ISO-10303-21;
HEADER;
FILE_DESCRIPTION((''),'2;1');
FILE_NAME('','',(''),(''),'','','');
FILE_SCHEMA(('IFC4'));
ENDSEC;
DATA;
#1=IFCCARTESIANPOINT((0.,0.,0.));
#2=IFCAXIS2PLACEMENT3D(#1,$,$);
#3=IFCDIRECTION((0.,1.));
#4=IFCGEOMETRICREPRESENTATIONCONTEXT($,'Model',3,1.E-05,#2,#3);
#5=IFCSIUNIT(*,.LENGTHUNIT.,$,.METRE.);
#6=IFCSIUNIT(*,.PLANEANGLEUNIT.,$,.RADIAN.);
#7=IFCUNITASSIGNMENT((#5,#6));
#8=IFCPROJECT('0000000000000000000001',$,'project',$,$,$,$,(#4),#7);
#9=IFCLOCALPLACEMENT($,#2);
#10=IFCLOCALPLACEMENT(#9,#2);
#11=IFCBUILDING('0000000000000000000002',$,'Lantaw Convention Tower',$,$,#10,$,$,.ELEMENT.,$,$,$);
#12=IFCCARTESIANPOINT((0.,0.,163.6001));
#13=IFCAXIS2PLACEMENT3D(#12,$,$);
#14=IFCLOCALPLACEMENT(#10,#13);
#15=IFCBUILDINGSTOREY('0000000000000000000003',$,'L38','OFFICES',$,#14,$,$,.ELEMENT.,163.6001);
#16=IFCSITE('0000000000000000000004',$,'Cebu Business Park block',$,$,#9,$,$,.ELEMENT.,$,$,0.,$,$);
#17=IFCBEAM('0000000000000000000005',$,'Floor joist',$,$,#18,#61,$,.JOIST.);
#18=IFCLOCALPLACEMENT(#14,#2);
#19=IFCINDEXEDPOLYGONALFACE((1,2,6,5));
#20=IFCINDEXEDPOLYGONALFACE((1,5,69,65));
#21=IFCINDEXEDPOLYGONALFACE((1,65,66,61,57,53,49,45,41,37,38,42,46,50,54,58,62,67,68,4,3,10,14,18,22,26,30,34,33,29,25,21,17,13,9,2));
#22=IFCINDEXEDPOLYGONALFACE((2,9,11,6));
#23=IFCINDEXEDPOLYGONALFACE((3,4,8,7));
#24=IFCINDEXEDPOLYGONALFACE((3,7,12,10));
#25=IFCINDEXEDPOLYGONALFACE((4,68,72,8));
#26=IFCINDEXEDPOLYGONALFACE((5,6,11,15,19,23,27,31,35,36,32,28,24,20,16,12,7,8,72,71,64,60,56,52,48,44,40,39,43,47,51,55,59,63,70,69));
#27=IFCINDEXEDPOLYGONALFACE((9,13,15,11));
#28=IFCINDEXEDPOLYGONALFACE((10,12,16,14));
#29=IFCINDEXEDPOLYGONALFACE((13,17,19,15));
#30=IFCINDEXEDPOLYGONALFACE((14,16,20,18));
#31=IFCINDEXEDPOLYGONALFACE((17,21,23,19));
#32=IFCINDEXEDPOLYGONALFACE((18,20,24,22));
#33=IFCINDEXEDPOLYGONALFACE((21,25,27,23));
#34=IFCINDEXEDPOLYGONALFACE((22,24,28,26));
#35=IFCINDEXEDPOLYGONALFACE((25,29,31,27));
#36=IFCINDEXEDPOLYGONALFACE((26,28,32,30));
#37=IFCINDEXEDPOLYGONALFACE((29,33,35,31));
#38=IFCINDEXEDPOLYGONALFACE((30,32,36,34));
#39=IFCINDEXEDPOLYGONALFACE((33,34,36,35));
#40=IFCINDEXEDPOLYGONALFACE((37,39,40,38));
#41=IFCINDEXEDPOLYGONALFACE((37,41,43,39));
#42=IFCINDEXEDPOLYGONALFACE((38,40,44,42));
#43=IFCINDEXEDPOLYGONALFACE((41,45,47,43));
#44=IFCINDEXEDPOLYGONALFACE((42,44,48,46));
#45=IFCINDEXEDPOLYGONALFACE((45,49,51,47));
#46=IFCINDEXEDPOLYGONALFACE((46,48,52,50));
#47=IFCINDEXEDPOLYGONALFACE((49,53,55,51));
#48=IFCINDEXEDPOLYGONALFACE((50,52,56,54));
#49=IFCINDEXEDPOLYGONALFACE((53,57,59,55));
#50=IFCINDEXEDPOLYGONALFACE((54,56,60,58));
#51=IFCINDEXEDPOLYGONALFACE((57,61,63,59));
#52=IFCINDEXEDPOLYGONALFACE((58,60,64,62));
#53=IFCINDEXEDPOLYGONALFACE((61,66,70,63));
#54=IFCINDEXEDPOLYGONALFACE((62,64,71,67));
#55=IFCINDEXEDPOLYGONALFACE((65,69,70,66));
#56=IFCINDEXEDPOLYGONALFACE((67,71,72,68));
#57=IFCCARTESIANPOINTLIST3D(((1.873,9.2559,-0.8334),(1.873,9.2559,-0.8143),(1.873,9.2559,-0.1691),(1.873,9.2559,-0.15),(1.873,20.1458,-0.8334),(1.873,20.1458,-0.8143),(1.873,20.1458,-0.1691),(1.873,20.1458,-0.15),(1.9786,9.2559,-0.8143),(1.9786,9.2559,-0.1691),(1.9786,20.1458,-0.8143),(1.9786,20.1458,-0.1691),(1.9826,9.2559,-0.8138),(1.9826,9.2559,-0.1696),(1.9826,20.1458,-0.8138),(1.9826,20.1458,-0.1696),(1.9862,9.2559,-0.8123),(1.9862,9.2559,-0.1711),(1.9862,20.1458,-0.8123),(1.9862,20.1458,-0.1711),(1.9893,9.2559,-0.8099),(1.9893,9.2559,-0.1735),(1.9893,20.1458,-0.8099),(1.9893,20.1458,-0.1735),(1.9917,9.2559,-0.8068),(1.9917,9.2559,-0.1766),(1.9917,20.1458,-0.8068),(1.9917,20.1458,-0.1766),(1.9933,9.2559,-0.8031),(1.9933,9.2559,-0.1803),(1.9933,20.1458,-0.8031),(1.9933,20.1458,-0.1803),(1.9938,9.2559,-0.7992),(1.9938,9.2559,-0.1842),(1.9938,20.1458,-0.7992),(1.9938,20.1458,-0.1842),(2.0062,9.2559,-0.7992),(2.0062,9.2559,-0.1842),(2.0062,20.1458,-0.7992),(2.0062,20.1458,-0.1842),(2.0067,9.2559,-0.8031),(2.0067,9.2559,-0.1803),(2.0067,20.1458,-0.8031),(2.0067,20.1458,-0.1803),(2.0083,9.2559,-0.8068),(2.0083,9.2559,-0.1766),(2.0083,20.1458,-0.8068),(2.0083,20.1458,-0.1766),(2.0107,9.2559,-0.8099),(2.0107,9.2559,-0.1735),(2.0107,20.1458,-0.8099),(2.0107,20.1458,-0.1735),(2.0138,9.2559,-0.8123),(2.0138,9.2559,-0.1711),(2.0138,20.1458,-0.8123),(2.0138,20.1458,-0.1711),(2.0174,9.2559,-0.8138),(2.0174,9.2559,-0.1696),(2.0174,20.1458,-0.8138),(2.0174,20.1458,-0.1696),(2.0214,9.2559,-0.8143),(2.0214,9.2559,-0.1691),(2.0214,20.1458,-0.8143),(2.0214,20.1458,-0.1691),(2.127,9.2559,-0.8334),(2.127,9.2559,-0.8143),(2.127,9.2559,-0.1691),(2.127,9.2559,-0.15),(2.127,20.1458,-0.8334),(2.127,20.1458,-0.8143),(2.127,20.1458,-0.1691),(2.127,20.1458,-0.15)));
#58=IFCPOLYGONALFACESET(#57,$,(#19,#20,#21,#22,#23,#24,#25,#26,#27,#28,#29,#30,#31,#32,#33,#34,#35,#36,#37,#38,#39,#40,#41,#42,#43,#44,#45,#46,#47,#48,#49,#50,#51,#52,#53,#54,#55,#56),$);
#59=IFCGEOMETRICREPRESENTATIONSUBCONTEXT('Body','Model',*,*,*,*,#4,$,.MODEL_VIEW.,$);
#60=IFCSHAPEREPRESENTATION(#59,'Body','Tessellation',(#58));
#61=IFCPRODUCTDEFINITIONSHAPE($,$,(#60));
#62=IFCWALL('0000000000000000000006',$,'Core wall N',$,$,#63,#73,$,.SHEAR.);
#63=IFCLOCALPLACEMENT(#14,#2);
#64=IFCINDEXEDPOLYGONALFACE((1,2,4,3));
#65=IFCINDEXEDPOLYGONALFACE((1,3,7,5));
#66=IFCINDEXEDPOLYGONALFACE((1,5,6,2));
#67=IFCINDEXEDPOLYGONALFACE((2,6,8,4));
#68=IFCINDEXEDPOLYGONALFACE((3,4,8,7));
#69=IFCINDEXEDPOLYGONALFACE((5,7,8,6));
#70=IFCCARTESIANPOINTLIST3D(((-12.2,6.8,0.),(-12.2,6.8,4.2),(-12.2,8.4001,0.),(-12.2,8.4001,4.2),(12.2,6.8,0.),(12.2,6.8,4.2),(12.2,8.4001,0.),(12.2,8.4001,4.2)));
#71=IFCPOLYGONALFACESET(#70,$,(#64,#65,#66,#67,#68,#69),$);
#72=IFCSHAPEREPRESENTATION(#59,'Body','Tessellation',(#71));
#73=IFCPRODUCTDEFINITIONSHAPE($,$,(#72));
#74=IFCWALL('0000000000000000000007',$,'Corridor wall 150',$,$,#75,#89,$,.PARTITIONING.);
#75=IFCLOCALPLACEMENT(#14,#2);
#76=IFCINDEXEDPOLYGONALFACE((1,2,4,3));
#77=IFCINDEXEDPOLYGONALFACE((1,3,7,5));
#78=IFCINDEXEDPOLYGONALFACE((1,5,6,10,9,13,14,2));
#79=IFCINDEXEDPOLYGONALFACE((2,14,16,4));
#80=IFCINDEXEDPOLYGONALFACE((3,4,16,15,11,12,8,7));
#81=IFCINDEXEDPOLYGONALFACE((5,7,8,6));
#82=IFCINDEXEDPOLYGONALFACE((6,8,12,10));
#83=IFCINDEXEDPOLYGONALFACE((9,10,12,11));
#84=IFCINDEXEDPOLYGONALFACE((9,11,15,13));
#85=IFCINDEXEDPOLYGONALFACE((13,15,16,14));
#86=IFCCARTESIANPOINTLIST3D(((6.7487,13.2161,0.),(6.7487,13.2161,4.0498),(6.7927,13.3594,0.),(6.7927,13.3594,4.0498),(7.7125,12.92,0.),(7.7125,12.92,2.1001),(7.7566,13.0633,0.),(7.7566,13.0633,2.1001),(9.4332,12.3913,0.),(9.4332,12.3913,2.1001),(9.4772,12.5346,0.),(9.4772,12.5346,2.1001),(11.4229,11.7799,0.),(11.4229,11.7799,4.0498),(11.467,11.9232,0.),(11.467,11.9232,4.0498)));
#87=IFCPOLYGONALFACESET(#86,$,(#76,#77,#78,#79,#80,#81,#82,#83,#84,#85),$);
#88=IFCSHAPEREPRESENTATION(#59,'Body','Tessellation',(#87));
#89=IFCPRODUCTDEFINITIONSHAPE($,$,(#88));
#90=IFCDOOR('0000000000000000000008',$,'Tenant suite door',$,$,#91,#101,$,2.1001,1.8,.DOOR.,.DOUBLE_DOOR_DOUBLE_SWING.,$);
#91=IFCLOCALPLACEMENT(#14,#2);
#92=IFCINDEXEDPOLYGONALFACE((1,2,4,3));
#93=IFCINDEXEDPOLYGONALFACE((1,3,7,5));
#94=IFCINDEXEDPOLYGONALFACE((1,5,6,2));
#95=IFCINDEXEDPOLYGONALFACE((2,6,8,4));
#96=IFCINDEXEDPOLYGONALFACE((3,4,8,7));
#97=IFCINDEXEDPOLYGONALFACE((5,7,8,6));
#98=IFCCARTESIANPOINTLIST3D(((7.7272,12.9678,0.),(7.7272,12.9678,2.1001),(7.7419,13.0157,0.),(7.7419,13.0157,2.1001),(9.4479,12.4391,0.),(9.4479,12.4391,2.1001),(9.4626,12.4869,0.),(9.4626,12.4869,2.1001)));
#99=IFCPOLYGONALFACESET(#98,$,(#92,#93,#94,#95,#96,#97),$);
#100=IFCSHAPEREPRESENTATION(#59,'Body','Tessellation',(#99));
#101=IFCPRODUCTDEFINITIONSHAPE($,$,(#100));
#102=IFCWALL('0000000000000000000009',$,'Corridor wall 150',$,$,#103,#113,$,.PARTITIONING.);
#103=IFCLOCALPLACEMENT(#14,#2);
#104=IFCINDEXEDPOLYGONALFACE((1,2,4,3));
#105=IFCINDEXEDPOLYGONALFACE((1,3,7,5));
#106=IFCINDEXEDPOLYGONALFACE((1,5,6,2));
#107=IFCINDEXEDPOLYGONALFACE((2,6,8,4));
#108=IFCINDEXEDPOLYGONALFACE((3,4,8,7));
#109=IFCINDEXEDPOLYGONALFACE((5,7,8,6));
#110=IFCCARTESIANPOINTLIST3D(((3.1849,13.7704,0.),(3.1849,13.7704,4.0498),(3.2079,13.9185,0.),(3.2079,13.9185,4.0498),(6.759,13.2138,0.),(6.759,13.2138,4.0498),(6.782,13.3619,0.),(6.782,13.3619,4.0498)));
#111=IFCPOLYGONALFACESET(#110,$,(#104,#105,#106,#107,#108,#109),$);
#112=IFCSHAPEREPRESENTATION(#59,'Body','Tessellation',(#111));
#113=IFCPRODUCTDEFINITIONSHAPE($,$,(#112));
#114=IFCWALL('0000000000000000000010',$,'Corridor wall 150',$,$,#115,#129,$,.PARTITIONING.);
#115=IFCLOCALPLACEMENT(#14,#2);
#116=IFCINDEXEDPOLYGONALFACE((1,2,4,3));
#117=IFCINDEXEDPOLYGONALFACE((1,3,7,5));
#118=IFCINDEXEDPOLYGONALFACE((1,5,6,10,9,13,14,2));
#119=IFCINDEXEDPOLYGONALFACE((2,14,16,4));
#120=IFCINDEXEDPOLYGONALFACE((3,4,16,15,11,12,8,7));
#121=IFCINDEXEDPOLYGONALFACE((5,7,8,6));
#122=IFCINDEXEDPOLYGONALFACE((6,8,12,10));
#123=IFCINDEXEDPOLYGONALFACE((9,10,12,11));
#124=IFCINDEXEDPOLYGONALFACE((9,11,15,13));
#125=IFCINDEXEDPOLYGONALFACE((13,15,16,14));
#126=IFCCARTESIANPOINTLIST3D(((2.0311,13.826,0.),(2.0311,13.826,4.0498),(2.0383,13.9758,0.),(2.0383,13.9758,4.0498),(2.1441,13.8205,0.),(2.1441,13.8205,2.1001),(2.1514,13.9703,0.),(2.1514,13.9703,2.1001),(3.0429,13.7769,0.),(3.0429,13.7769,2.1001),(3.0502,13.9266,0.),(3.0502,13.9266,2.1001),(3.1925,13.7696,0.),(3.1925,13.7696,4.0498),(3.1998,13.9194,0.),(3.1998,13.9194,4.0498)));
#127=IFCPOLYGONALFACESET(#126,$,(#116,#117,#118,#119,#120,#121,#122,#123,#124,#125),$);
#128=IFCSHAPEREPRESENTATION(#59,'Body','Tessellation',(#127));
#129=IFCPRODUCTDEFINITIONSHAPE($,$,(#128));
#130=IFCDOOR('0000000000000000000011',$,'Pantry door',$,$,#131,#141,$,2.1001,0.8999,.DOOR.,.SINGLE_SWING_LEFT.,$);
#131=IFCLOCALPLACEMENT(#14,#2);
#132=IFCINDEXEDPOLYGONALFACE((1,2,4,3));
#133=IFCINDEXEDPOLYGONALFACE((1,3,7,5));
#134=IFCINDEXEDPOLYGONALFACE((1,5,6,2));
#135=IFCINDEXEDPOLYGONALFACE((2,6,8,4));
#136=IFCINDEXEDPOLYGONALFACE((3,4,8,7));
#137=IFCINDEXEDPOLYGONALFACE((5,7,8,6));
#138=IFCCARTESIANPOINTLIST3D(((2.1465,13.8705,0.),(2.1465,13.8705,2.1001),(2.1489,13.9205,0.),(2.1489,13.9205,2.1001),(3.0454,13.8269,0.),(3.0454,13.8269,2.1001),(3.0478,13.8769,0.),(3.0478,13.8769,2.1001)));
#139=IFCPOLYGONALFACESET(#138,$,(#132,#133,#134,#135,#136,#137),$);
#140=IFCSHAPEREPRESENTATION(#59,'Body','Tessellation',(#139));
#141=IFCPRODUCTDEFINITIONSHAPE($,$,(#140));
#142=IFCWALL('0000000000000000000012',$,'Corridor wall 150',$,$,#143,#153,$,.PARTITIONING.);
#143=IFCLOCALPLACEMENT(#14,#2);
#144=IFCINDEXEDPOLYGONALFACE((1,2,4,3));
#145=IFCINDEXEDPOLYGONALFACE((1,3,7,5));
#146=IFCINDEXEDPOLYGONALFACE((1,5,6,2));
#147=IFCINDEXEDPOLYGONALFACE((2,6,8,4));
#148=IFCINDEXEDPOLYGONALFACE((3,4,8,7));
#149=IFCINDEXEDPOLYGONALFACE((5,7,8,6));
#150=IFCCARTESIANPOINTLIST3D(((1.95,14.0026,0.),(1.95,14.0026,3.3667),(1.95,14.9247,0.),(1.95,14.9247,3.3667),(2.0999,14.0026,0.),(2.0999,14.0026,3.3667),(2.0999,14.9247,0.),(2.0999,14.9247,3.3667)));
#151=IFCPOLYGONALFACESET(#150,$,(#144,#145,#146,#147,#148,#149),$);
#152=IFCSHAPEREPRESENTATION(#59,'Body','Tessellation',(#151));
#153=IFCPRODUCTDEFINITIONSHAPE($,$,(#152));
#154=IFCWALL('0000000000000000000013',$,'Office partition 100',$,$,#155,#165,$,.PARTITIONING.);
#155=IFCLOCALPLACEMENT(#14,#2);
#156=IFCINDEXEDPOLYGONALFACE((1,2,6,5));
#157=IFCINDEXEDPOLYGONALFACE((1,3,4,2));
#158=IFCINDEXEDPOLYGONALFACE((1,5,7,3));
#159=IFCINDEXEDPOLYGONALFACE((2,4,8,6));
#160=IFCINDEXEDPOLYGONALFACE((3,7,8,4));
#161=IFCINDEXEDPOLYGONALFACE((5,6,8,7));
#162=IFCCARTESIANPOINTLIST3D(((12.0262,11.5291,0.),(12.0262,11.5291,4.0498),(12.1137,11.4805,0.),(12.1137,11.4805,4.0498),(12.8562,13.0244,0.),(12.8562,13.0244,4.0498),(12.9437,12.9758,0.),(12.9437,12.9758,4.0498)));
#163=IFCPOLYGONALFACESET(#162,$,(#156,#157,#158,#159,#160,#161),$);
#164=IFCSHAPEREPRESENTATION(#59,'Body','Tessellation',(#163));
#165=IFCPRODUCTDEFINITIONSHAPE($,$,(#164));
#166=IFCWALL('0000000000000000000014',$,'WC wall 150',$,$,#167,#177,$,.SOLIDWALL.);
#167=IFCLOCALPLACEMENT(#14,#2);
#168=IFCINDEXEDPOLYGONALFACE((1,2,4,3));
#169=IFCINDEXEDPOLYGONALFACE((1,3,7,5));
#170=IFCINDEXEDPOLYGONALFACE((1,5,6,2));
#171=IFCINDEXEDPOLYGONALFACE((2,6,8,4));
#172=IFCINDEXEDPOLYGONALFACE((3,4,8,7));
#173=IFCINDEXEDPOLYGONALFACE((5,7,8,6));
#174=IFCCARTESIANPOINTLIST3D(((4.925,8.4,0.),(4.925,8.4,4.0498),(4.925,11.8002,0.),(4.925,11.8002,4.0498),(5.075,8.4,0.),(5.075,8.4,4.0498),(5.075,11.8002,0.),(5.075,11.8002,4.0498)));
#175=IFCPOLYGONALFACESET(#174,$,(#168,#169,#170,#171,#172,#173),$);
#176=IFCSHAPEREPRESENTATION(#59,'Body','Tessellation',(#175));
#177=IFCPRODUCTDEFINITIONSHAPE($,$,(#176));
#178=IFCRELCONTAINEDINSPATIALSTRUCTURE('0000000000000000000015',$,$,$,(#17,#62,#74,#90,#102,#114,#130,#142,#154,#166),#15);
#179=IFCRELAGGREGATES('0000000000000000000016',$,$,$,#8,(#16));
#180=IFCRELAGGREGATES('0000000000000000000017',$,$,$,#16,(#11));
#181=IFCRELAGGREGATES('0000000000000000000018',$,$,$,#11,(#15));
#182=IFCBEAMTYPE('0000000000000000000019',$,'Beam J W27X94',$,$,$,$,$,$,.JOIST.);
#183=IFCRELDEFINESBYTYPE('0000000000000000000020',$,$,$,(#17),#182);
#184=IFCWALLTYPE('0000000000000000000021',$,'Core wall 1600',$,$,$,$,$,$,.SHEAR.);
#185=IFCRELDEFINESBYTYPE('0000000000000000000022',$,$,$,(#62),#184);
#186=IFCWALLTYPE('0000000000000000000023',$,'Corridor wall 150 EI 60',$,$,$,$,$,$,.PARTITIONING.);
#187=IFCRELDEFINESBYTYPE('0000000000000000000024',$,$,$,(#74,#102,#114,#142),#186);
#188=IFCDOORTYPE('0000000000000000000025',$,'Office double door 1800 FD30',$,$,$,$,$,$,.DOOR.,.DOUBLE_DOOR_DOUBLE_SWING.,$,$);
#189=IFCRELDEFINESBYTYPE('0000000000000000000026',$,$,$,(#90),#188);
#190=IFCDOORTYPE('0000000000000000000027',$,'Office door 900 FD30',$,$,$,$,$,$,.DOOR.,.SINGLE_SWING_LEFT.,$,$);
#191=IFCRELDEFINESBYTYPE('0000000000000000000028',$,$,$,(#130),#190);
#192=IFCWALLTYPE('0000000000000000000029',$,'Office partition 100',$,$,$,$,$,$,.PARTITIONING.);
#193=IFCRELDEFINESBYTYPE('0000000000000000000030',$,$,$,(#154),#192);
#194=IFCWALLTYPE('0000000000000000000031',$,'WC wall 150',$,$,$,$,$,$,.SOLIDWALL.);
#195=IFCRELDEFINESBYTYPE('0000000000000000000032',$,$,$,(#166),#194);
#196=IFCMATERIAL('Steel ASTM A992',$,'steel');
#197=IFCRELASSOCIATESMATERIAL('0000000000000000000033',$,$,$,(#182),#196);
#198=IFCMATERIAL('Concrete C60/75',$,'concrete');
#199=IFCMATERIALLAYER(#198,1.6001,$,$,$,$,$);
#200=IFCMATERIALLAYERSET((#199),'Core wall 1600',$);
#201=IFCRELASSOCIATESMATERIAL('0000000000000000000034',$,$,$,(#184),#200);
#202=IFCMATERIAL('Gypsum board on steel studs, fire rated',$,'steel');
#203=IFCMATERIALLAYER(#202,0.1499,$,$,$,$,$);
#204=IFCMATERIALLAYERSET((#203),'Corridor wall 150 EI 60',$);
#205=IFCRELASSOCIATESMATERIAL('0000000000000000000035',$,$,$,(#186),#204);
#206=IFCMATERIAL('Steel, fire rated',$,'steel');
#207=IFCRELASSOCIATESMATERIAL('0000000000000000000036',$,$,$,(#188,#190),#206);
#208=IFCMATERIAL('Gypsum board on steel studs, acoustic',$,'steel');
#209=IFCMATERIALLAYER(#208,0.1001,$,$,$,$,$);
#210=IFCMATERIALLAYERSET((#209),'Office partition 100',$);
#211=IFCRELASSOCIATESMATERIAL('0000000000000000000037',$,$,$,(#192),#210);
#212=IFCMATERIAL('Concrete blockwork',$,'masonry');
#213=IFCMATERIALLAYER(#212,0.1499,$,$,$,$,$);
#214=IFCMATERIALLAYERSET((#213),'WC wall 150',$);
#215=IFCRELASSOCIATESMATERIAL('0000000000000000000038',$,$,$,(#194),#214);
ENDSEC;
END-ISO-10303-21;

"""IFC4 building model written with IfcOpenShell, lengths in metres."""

from ifc_helpers import new_model, si_unit, direction, frame, frame_2d, origin, origin_2d, place, context, subcontext, project, spatial, rectangle, i_section, extrude, material, layer, layer_set, material_profile, profile_set, type_object, element, fill, save


model = new_model("IFC4")

# Units and contexts
model_context = context("Model", 3, precision=1e-05, world=origin(), true_north=direction((0.0, 1.0)))
body_context = subcontext(model_context, "Body", "Model", "MODEL_VIEW")
ifc_project = project(units=[si_unit("LENGTHUNIT", "METRE"), si_unit("PLANEANGLEUNIT", "RADIAN")], contexts=[model_context])

# Site, building, storey
site_placement = place(None, origin())
site = spatial("IfcSite", under=ifc_project, at=site_placement, Name="Cebu Business Park block", CompositionType="ELEMENT", RefElevation=0.0)
building_placement = place(site_placement, origin())
building = spatial("IfcBuilding", under=site, at=building_placement, Name="Lantaw Convention Tower", CompositionType="ELEMENT")
storey_placement = place(building_placement, frame((0.0, 0.0, 163.6001)))
storey = spatial("IfcBuildingStorey", under=building, at=storey_placement, Name="L38", Description="OFFICES", CompositionType="ELEMENT", Elevation=163.6001)

# Beam
ifc_material_1 = material(Name="Steel ASTM A992", Category="steel")
ifc_material_profile_1 = material_profile(ifc_material_1, i_section(OverallWidth=0.2539, OverallDepth=0.6833, WebThickness=0.0125, FlangeThickness=0.019, FilletRadius=0.0151, at=origin_2d()), Name="W27X94")
ifc_profile_set_1 = profile_set([ifc_material_profile_1], Name="Steel ASTM A992")
beam_type_1 = type_object("IfcBeamType", Name="Beam J W27X94", PredefinedType="JOIST", material=ifc_profile_set_1)
beam_1_placement = place(storey_placement, frame((2.0, 9.2559, -0.4917), z_axis=(0.0, 1.0, 0.0), x_axis=(-1.0, 0.0, 0.0)))
element("IfcBeam", 1, at=beam_1_placement, inside=storey, type_object=beam_type_1, Name="Floor joist", PredefinedType="JOIST", context=body_context, shape_type="SweptSolid", body=[
    extrude(i_section(OverallWidth=0.2539, OverallDepth=0.6833, WebThickness=0.0125, FlangeThickness=0.019, FilletRadius=0.0151, at=origin_2d()), origin(), (0.0, 0.0, 1.0), 10.8899),
])

# Wall
ifc_material_2 = material(Name="Concrete C60/75", Category="concrete")
ifc_layer_1 = layer(ifc_material_2, 1.6001)
ifc_layer_set_1 = layer_set([ifc_layer_1], Name="Core wall 1600")
wall_type_1 = type_object("IfcWallType", Name="Core wall 1600", PredefinedType="SHEAR", material=ifc_layer_set_1)
wall_1_placement = place(storey_placement, frame((12.2, 7.6001, 0.0), z_axis=(0.0, 0.0, 1.0), x_axis=(-1.0, 0.0, 0.0)))
element("IfcWall", 2, at=wall_1_placement, inside=storey, type_object=wall_type_1, Name="Core wall N", PredefinedType="SHEAR", context=body_context, shape_type="SweptSolid", body=[
    extrude(rectangle(XDim=24.3999, YDim=1.6001, at=frame_2d((12.2, 0.0))), origin(), (0.0, 0.0, 1.0), 4.2),
])

# Wall, opening, door
ifc_material_3 = material(Name="Gypsum board on steel studs, fire rated", Category="steel")
ifc_layer_2 = layer(ifc_material_3, 0.1499)
ifc_layer_set_2 = layer_set([ifc_layer_2], Name="Corridor wall 150 EI 60")
wall_type_2 = type_object("IfcWallType", Name="Corridor wall 150 EI 60", PredefinedType="PARTITIONING", material=ifc_layer_set_2)
wall_2_placement = place(storey_placement, frame((11.4448, 11.8516, 0.0), z_axis=(0.0, 0.0, 1.0), x_axis=(-0.955892, 0.293717, 0.0)))
wall_2 = element("IfcWall", 3, at=wall_2_placement, inside=storey, type_object=wall_type_2, Name="Corridor wall 150", PredefinedType="PARTITIONING", context=body_context, shape_type="SweptSolid", body=[
    extrude(rectangle(XDim=4.8899, YDim=0.1499, at=frame_2d((2.4448, 0.0))), origin(), (0.0, 0.0, 1.0), 4.0498),
])
opening_1_placement = place(wall_2_placement, frame((2.0815, 0.0, 0.0)))
opening_1 = element("IfcOpeningElement", 4, at=opening_1_placement, cuts=wall_2, PredefinedType="OPENING", context=body_context, shape_type="SweptSolid", body=[
    extrude(rectangle(XDim=1.8, YDim=2.1001, at=frame_2d((0.8999, 1.05))), frame((0.0, 0.085, 0.0), z_axis=(0.0, -1.0, 0.0), x_axis=(1.0, 0.0, 0.0)), (0.0, 0.0, 1.0), 0.1699),
])
ifc_material_4 = material(Name="Steel, fire rated", Category="steel")
door_type_1 = type_object("IfcDoorType", Name="Office double door 1800 FD30", OperationType="DOUBLE_DOOR_DOUBLE_SWING", PredefinedType="DOOR", material=ifc_material_4)
door_1_placement = place(opening_1_placement, origin())
door_1 = element("IfcDoor", 5, at=door_1_placement, inside=storey, type_object=door_type_1, Name="Tenant suite door", OperationType="DOUBLE_DOOR_DOUBLE_SWING", OverallHeight=2.1001, OverallWidth=1.8, PredefinedType="DOOR", context=body_context, shape_type="SweptSolid", body=[
    extrude(rectangle(XDim=1.8, YDim=2.1001, at=frame_2d((0.8999, 1.05))), frame((0.0, 0.0249, 0.0), z_axis=(0.0, -1.0, 0.0), x_axis=(1.0, 0.0, 0.0)), (0.0, 0.0, 1.0), 0.05),
])
fill(opening_1, door_1)

# Wall
wall_3_placement = place(storey_placement, frame((6.7705, 13.2878, 0.0), z_axis=(0.0, 0.0, 1.0), x_axis=(-0.988089, 0.153883, 0.0)))
element("IfcWall", 6, at=wall_3_placement, inside=storey, type_object=wall_type_2, Name="Corridor wall 150", PredefinedType="PARTITIONING", context=body_context, shape_type="SweptSolid", body=[
    extrude(rectangle(XDim=3.6172, YDim=0.1499, at=frame_2d((1.8086, 0.0))), origin(), (0.0, 0.0, 1.0), 4.0498),
])

# Wall, opening, door
wall_4_placement = place(storey_placement, frame((3.1963, 13.8445, 0.0), z_axis=(0.0, 0.0, 1.0), x_axis=(-0.998823, 0.048503, 0.0)))
wall_4 = element("IfcWall", 7, at=wall_4_placement, inside=storey, type_object=wall_type_2, Name="Corridor wall 150", PredefinedType="PARTITIONING", context=body_context, shape_type="SweptSolid", body=[
    extrude(rectangle(XDim=1.1628, YDim=0.1499, at=frame_2d((0.5815, 0.0))), origin(), (0.0, 0.0, 1.0), 4.0498),
])
opening_2_placement = place(wall_4_placement, frame((0.1499, 0.0, 0.0)))
opening_2 = element("IfcOpeningElement", 8, at=opening_2_placement, cuts=wall_4, PredefinedType="OPENING", context=body_context, shape_type="SweptSolid", body=[
    extrude(rectangle(XDim=0.8999, YDim=2.1001, at=frame_2d((0.45, 1.05))), frame((0.0, 0.085, 0.0), z_axis=(0.0, -1.0, 0.0), x_axis=(1.0, 0.0, 0.0)), (0.0, 0.0, 1.0), 0.1699),
])
door_type_2 = type_object("IfcDoorType", Name="Office door 900 FD30", OperationType="SINGLE_SWING_LEFT", PredefinedType="DOOR", material=ifc_material_4)
door_2_placement = place(opening_2_placement, origin())
door_2 = element("IfcDoor", 9, at=door_2_placement, inside=storey, type_object=door_type_2, Name="Pantry door", OperationType="SINGLE_SWING_LEFT", OverallHeight=2.1001, OverallWidth=0.8999, PredefinedType="DOOR", context=body_context, shape_type="SweptSolid", body=[
    extrude(rectangle(XDim=0.8999, YDim=2.1001, at=frame_2d((0.45, 1.05))), frame((0.0, 0.0249, 0.0), z_axis=(0.0, -1.0, 0.0), x_axis=(1.0, 0.0, 0.0)), (0.0, 0.0, 1.0), 0.05),
])
fill(opening_2, door_2)

# Walls
wall_5_placement = place(storey_placement, frame((2.0249, 14.9246, 0.0), z_axis=(0.0, 0.0, 1.0), x_axis=(0.0, -1.0, 0.0)))
element("IfcWall", 10, at=wall_5_placement, inside=storey, type_object=wall_type_2, Name="Corridor wall 150", PredefinedType="PARTITIONING", context=body_context, shape_type="SweptSolid", body=[
    extrude(rectangle(XDim=0.9221, YDim=0.1499, at=frame_2d((0.4609, 0.0))), origin(), (0.0, 0.0, 1.0), 3.3667),
])
ifc_material_5 = material(Name="Gypsum board on steel studs, acoustic", Category="steel")
ifc_layer_3 = layer(ifc_material_5, 0.1001)
ifc_layer_set_3 = layer_set([ifc_layer_3], Name="Office partition 100")
wall_type_3 = type_object("IfcWallType", Name="Office partition 100", PredefinedType="PARTITIONING", material=ifc_layer_set_3)
wall_6_placement = place(storey_placement, frame((12.8999, 13.0, 0.0), z_axis=(0.0, 0.0, 1.0), x_axis=(-0.48534, -0.874326, 0.0)))
element("IfcWall", 11, at=wall_6_placement, inside=storey, type_object=wall_type_3, Name="Office partition 100", PredefinedType="PARTITIONING", context=body_context, shape_type="SweptSolid", body=[
    extrude(rectangle(XDim=1.7102, YDim=0.1001, at=frame_2d((0.855, 0.0))), origin(), (0.0, 0.0, 1.0), 4.0498),
])
ifc_material_6 = material(Name="Concrete blockwork", Category="masonry")
ifc_layer_4 = layer(ifc_material_6, 0.1499)
ifc_layer_set_4 = layer_set([ifc_layer_4], Name="WC wall 150")
wall_type_4 = type_object("IfcWallType", Name="WC wall 150", PredefinedType="SOLIDWALL", material=ifc_layer_set_4)
for number, where, z_axis, x_axis, name in (
    (12, (5.0, 8.3999, 0.0), (0.0, 0.0, 1.0), (0.0, 1.0, 0.0), "WC wall 150"),
):
    element("IfcWall", number, at=place(storey_placement, frame(where, z_axis=z_axis, x_axis=x_axis)), inside=storey, type_object=wall_type_4, Name=name, PredefinedType="SOLIDWALL", context=body_context, shape_type="SweptSolid", body=[
        extrude(rectangle(XDim=3.4001, YDim=0.1499, at=frame_2d((1.7002, 0.0))), origin(), (0.0, 0.0, 1.0), 4.0498),
    ])

save(model, "model.ifc")
